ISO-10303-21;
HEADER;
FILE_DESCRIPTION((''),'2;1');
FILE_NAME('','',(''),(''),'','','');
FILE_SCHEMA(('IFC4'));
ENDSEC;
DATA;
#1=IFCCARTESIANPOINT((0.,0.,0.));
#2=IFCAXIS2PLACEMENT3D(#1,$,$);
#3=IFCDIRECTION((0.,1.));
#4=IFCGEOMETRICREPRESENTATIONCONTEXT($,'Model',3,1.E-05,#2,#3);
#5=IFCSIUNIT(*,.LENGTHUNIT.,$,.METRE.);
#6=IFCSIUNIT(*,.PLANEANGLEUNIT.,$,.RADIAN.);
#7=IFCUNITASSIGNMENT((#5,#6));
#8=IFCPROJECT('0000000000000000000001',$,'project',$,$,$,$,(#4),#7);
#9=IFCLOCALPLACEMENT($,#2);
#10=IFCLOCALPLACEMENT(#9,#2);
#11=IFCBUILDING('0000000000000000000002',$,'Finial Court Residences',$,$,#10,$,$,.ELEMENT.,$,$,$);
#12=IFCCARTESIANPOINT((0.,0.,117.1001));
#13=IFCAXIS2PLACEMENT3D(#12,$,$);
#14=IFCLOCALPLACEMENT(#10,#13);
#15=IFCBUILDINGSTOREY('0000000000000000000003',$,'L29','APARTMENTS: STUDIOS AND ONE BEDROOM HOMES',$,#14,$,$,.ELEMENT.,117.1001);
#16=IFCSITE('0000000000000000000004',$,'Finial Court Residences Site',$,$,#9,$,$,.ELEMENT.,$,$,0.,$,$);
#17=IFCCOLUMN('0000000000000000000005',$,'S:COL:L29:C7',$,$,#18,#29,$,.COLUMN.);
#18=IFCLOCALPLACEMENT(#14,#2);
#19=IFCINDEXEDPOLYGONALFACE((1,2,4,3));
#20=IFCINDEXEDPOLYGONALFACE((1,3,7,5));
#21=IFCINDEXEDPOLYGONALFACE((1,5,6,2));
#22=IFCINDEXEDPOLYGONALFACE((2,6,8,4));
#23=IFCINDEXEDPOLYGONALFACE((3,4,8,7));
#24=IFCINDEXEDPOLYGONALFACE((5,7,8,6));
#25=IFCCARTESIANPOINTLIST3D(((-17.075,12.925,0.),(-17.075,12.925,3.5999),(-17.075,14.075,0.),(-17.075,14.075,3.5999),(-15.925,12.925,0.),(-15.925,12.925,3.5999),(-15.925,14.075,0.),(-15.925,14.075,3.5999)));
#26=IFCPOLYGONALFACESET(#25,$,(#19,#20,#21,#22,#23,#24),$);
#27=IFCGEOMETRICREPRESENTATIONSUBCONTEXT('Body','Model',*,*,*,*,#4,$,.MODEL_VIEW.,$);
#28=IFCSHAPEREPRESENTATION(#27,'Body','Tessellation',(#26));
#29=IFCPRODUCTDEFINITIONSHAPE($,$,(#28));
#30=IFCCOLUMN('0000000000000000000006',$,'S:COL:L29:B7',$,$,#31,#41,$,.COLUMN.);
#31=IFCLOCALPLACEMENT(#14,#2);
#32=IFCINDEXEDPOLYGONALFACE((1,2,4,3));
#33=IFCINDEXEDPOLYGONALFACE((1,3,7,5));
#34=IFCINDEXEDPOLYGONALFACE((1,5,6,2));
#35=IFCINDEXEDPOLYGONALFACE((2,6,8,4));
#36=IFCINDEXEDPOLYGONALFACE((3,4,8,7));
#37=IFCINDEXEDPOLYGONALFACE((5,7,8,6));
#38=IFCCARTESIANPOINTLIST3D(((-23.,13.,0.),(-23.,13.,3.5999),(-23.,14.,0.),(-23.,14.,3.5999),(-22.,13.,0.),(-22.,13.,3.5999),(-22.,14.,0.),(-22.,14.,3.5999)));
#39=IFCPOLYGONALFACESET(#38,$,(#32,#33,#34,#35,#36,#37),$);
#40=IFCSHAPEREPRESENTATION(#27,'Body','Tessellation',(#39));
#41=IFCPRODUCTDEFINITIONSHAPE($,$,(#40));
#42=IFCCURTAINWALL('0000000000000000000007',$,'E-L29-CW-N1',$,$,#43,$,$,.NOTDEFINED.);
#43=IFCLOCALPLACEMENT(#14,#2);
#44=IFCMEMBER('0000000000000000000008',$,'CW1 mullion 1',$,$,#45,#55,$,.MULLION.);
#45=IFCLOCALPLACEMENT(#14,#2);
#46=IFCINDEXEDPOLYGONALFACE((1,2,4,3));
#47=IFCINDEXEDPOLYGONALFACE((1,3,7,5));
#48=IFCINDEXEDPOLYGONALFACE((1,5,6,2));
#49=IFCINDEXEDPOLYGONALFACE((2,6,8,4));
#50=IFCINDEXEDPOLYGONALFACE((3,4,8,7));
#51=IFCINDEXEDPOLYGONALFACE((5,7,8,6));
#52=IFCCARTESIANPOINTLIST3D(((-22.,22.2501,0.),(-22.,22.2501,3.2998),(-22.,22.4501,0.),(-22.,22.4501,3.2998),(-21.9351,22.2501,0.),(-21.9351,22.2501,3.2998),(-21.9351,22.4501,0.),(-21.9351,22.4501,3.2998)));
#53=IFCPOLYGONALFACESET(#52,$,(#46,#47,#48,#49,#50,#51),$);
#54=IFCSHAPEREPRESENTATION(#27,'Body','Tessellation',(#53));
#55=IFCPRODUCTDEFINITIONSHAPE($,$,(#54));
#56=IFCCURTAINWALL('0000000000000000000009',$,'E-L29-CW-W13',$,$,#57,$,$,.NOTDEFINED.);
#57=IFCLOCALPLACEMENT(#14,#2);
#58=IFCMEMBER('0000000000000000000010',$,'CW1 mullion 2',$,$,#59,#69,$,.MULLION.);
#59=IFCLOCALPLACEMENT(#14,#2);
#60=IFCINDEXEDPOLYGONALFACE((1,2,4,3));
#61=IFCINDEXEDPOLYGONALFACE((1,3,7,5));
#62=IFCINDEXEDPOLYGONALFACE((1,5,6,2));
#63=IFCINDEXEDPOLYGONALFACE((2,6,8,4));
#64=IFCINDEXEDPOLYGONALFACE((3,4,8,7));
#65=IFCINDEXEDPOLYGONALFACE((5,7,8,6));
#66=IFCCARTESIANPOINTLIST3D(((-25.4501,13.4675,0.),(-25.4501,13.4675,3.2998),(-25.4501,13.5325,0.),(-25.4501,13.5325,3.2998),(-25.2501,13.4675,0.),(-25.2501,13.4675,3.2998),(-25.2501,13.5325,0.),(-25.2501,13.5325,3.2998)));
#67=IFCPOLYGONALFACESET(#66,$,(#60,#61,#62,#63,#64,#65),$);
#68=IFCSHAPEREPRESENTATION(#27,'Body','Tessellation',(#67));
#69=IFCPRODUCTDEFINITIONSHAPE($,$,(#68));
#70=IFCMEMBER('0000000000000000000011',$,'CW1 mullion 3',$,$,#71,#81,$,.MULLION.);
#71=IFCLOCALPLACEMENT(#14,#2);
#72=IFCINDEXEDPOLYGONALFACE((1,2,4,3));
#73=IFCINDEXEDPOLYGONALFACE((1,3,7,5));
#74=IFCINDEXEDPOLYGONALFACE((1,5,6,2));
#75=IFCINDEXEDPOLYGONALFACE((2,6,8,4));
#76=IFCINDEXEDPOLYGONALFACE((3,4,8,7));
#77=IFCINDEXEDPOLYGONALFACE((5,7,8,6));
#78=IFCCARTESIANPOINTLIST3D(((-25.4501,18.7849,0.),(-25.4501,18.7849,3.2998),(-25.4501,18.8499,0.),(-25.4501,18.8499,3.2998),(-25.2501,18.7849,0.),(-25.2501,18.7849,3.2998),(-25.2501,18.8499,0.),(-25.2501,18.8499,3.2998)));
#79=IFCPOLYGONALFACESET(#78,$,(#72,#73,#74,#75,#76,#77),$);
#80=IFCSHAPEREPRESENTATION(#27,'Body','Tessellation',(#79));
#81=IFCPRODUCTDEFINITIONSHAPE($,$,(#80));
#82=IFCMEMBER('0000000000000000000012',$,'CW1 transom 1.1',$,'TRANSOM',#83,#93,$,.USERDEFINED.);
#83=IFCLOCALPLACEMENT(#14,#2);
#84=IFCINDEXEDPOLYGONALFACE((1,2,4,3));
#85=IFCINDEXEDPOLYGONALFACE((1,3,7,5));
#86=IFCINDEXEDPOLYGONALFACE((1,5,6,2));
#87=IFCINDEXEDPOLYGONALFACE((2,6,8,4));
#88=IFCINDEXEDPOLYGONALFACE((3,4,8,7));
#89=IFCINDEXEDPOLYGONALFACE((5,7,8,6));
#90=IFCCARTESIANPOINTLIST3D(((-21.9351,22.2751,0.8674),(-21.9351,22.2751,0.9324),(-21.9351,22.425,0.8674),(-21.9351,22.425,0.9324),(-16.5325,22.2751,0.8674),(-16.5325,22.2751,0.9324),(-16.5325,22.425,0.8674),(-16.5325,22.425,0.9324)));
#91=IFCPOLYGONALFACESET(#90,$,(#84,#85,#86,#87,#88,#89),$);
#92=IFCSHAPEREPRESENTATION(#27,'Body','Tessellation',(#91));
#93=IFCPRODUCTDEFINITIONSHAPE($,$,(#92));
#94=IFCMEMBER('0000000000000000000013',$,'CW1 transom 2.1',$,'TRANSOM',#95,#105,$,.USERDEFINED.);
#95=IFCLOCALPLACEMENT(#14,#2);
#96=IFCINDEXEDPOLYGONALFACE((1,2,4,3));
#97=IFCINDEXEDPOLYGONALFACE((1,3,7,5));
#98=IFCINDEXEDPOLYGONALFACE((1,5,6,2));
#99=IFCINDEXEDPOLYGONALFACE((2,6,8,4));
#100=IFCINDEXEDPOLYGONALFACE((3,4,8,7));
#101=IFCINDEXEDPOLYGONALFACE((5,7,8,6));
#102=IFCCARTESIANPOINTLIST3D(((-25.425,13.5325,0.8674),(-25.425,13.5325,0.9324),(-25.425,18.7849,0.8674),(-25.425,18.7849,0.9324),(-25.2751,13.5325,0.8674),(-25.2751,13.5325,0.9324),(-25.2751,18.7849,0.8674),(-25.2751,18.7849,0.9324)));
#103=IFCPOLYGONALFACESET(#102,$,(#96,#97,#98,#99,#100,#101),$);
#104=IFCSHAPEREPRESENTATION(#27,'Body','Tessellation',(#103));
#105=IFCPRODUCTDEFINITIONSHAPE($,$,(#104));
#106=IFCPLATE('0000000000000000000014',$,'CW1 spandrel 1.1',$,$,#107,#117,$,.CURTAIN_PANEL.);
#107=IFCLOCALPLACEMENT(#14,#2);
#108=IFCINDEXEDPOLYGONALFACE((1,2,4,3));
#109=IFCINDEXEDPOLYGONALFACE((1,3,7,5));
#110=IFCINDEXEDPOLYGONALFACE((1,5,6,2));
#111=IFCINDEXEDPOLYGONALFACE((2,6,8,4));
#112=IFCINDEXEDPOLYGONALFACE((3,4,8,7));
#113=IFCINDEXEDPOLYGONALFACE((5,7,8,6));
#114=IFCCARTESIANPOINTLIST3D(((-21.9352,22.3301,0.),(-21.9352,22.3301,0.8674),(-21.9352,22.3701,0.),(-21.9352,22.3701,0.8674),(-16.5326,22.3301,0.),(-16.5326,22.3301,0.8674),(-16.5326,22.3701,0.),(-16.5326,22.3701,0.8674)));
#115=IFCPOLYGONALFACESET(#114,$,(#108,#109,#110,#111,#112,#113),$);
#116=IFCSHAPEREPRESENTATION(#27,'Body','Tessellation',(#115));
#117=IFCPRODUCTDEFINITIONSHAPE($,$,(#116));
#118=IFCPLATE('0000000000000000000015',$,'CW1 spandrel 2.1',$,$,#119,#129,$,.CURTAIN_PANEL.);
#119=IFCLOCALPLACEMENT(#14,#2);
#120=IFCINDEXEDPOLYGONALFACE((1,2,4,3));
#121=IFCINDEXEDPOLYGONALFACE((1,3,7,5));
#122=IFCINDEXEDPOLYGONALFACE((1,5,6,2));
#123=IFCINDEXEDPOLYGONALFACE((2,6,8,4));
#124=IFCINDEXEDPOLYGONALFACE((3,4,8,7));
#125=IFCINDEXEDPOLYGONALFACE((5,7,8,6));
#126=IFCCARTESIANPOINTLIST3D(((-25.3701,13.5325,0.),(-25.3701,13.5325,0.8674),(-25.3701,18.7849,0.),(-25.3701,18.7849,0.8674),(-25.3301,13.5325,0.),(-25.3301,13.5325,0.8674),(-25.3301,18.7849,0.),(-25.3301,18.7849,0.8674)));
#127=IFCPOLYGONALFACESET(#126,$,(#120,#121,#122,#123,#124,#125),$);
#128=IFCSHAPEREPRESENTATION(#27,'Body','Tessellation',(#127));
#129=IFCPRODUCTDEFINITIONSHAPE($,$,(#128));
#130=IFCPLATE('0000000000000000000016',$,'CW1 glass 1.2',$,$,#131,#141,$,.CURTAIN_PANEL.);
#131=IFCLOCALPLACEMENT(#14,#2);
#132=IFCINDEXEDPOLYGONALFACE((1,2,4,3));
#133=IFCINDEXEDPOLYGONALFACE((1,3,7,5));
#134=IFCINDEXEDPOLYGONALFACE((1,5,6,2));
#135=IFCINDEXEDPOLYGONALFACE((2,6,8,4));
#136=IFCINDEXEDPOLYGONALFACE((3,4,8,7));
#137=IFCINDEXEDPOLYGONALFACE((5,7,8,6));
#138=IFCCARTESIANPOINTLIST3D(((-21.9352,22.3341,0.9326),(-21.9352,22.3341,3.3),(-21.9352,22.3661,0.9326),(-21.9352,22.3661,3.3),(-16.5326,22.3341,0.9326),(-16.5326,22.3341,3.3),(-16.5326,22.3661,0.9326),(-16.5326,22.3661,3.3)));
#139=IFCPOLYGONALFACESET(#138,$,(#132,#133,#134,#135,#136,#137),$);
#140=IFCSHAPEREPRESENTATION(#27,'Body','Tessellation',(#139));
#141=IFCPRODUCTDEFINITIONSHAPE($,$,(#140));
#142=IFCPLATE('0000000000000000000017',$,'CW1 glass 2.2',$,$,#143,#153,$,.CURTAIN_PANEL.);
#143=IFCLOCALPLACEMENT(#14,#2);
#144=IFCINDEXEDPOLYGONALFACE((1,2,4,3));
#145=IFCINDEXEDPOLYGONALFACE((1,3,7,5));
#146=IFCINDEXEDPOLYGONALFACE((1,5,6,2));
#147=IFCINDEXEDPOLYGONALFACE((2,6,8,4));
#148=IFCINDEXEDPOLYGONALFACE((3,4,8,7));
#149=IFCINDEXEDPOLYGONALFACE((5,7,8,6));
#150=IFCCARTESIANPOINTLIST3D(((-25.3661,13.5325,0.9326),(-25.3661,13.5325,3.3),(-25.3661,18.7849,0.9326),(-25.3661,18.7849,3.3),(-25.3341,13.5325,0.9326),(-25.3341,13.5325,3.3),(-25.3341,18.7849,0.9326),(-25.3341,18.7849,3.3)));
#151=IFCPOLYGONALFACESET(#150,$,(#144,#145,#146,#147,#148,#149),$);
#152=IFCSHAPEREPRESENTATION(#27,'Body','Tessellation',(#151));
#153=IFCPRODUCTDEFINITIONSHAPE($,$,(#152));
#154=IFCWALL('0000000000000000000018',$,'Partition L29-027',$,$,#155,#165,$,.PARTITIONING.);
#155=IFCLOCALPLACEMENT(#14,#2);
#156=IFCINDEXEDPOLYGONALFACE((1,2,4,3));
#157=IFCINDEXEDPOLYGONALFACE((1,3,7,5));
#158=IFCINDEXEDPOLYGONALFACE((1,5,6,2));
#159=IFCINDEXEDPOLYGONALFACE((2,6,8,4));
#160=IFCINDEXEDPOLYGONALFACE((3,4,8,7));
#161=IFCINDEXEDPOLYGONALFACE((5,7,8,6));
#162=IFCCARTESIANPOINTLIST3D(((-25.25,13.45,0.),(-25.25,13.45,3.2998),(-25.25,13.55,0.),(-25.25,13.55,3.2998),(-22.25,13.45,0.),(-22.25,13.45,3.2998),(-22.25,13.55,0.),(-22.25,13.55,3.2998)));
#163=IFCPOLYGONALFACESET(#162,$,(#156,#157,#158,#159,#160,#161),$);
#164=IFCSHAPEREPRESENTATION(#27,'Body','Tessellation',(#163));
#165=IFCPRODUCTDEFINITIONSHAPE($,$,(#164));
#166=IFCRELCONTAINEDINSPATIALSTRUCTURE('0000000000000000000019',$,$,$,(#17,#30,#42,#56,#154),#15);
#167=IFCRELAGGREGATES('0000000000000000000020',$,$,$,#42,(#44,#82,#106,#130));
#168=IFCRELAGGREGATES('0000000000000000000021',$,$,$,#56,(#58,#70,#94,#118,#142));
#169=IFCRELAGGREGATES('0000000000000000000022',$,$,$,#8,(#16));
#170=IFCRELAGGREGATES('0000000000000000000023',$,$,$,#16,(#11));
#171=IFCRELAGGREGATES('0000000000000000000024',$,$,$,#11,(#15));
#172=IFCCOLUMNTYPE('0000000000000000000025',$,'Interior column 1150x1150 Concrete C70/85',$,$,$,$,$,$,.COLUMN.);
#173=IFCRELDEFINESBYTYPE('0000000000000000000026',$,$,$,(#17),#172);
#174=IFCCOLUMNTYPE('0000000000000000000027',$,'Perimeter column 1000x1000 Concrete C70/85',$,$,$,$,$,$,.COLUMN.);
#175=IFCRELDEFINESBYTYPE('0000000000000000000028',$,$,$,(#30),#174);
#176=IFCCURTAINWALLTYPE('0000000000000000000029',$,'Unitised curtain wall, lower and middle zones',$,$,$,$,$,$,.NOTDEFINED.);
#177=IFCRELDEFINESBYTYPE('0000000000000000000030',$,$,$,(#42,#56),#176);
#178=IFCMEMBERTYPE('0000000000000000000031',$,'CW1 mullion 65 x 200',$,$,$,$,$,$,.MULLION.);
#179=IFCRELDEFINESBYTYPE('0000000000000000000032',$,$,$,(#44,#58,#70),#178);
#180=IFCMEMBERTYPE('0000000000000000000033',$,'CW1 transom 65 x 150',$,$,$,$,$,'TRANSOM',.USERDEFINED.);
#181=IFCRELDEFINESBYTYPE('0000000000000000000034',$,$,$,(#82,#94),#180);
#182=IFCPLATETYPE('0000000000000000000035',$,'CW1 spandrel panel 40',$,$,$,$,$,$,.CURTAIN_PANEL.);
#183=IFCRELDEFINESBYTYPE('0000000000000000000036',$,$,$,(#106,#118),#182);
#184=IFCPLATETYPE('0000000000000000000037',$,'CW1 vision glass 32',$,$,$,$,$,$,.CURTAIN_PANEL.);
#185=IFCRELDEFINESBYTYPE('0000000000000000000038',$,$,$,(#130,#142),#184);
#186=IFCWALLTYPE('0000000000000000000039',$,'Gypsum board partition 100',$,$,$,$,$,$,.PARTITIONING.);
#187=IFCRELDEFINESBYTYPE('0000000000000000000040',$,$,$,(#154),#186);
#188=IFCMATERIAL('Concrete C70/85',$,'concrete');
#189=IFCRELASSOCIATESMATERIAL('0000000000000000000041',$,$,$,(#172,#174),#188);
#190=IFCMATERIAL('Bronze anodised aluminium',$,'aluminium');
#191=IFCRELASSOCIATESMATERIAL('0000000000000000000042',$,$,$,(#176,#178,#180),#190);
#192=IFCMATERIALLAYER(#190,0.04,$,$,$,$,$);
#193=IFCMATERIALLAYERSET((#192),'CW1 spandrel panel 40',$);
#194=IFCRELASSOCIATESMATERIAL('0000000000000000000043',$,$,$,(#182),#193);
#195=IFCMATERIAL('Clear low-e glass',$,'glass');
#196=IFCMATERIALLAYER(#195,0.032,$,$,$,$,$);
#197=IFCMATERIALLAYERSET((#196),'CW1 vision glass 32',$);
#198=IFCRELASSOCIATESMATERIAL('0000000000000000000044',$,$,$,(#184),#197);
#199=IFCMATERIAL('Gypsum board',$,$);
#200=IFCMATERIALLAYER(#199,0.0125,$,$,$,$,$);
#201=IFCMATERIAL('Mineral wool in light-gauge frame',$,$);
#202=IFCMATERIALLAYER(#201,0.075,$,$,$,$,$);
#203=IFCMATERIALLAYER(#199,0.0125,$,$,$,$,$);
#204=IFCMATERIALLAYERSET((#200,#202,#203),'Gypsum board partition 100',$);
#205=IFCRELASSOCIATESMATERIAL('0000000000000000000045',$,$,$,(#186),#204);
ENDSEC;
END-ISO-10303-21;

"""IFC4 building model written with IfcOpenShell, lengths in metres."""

from ifc_helpers import new_model, si_unit, direction, frame, frame_2d, origin, origin_2d, place, context, subcontext, project, spatial, rectangle, extrude, material, layer, layer_set, material_profile, profile_set, type_object, element, aggregate, save


model = new_model("IFC4")

# Units and contexts
model_context = context("Model", 3, precision=1e-05, world=origin(), true_north=direction((0.0, 1.0)))
body_context = subcontext(model_context, "Body", "Model", "MODEL_VIEW")
ifc_project = project(units=[si_unit("LENGTHUNIT", "METRE"), si_unit("PLANEANGLEUNIT", "RADIAN")], contexts=[model_context])

# Site, building, storey
site_placement = place(None, origin())
site = spatial("IfcSite", under=ifc_project, at=site_placement, Name="Finial Court Residences Site", CompositionType="ELEMENT", RefElevation=0.0)
building_placement = place(site_placement, origin())
building = spatial("IfcBuilding", under=site, at=building_placement, Name="Finial Court Residences", CompositionType="ELEMENT")
storey_placement = place(building_placement, frame((0.0, 0.0, 117.1001)))
storey = spatial("IfcBuildingStorey", under=building, at=storey_placement, Name="L29", Description="APARTMENTS: STUDIOS AND ONE BEDROOM HOMES", CompositionType="ELEMENT", Elevation=117.1001)

# Columns
ifc_material_1 = material(Name="Concrete C70/85", Category="concrete")
ifc_material_profile_1 = material_profile(ifc_material_1, rectangle(XDim=1.1499, YDim=1.1499, at=origin_2d()), Name="1150x1150")
ifc_profile_set_1 = profile_set([ifc_material_profile_1], Name="Concrete C70/85")
column_type_1 = type_object("IfcColumnType", Name="Interior column 1150x1150 Concrete C70/85", PredefinedType="COLUMN", material=ifc_profile_set_1)
column_1_placement = place(storey_placement, frame((-16.5, 13.5, 0.0), z_axis=(0.0, 0.0, 1.0), x_axis=(1.0, 0.0, 0.0)))
element("IfcColumn", 1, at=column_1_placement, inside=storey, type_object=column_type_1, Name="S:COL:L29:C7", PredefinedType="COLUMN", context=body_context, shape_type="SweptSolid", body=[
    extrude(rectangle(XDim=1.1499, YDim=1.1499, at=origin_2d()), origin(), (0.0, 0.0, 1.0), 3.5999),
])
ifc_material_profile_2 = material_profile(ifc_material_1, rectangle(XDim=1.0, YDim=1.0, at=origin_2d()), Name="1000x1000")
ifc_profile_set_2 = profile_set([ifc_material_profile_2], Name="Concrete C70/85")
column_type_2 = type_object("IfcColumnType", Name="Perimeter column 1000x1000 Concrete C70/85", PredefinedType="COLUMN", material=ifc_profile_set_2)
column_2_placement = place(storey_placement, frame((-22.5, 13.5, 0.0), z_axis=(0.0, 0.0, 1.0), x_axis=(1.0, 0.0, 0.0)))
element("IfcColumn", 2, at=column_2_placement, inside=storey, type_object=column_type_2, Name="S:COL:L29:B7", PredefinedType="COLUMN", context=body_context, shape_type="SweptSolid", body=[
    extrude(rectangle(XDim=1.0, YDim=1.0, at=origin_2d()), origin(), (0.0, 0.0, 1.0), 3.5999),
])

# Curtain wall, member
ifc_material_2 = material(Name="Bronze anodised aluminium", Category="aluminium")
curtain_wall_type = type_object("IfcCurtainWallType", Name="Unitised curtain wall, lower and middle zones", PredefinedType="NOTDEFINED", material=ifc_material_2)
curtain_wall_1_placement = place(storey_placement, origin())
curtain_wall_1 = element("IfcCurtainWall", 3, at=curtain_wall_1_placement, inside=storey, type_object=curtain_wall_type, Name="E-L29-CW-N1", PredefinedType="NOTDEFINED")
ifc_material_profile_3 = material_profile(ifc_material_2, rectangle(XDim=0.2, YDim=0.0649, at=origin_2d()), Name="CW1 mullion 65 x 200")
ifc_profile_set_3 = profile_set([ifc_material_profile_3], Name="Bronze anodised aluminium")
member_type_1 = type_object("IfcMemberType", Name="CW1 mullion 65 x 200", PredefinedType="MULLION", material=ifc_profile_set_3)
member_1_placement = place(storey_placement, frame((-21.9675, 22.3501, 0.0), z_axis=(0.0, 0.0, 1.0), x_axis=(0.0, 1.0, 0.0)))
member_1 = element("IfcMember", 4, at=member_1_placement, type_object=member_type_1, Name="CW1 mullion 1", PredefinedType="MULLION", context=body_context, shape_type="SweptSolid", body=[
    extrude(rectangle(XDim=0.2, YDim=0.0649, at=origin_2d()), origin(), (0.0, 0.0, 1.0), 3.2998),
])

# Curtain wall, members
curtain_wall_2_placement = place(storey_placement, origin())
curtain_wall_2 = element("IfcCurtainWall", 5, at=curtain_wall_2_placement, inside=storey, type_object=curtain_wall_type, Name="E-L29-CW-W13", PredefinedType="NOTDEFINED")
member_2_placement = place(storey_placement, frame((-25.3501, 13.5, 0.0), z_axis=(0.0, 0.0, 1.0), x_axis=(-1.0, 0.0, 0.0)))
member_2 = element("IfcMember", 6, at=member_2_placement, type_object=member_type_1, Name="CW1 mullion 2", PredefinedType="MULLION", context=body_context, shape_type="SweptSolid", body=[
    extrude(rectangle(XDim=0.2, YDim=0.0649, at=origin_2d()), origin(), (0.0, 0.0, 1.0), 3.2998),
])
member_3_placement = place(storey_placement, frame((-25.3501, 18.8174, 0.0), z_axis=(0.0, 0.0, 1.0), x_axis=(-1.0, 0.0, 0.0)))
member_3 = element("IfcMember", 7, at=member_3_placement, type_object=member_type_1, Name="CW1 mullion 3", PredefinedType="MULLION", context=body_context, shape_type="SweptSolid", body=[
    extrude(rectangle(XDim=0.2, YDim=0.0649, at=origin_2d()), origin(), (0.0, 0.0, 1.0), 3.2998),
])

# Members
ifc_material_profile_4 = material_profile(ifc_material_2, rectangle(XDim=0.1499, YDim=0.0649, at=origin_2d()), Name="CW1 transom 65 x 150")
ifc_profile_set_4 = profile_set([ifc_material_profile_4], Name="Bronze anodised aluminium")
member_type_2 = type_object("IfcMemberType", Name="CW1 transom 65 x 150", ElementType="TRANSOM", PredefinedType="USERDEFINED", material=ifc_profile_set_4)
member_4_placement = place(storey_placement, frame((-21.9351, 22.3501, 0.8999), z_axis=(1.0, 0.0, 0.0), x_axis=(0.0, 1.0, 0.0)))
member_4 = element("IfcMember", 8, at=member_4_placement, type_object=member_type_2, Name="CW1 transom 1.1", ObjectType="TRANSOM", PredefinedType="USERDEFINED", context=body_context, shape_type="SweptSolid", body=[
    extrude(rectangle(XDim=0.1499, YDim=0.0649, at=origin_2d()), origin(), (0.0, 0.0, 1.0), 5.4026),
])
member_5_placement = place(storey_placement, frame((-25.3501, 13.5325, 0.8999), z_axis=(0.0, 1.0, 0.0), x_axis=(-1.0, 0.0, 0.0)))
member_5 = element("IfcMember", 9, at=member_5_placement, type_object=member_type_2, Name="CW1 transom 2.1", ObjectType="TRANSOM", PredefinedType="USERDEFINED", context=body_context, shape_type="SweptSolid", body=[
    extrude(rectangle(XDim=0.1499, YDim=0.0649, at=origin_2d()), origin(), (0.0, 0.0, 1.0), 5.2524),
])

# Plates
ifc_layer_1 = layer(ifc_material_2, 0.04)
ifc_layer_set_1 = layer_set([ifc_layer_1], Name="CW1 spandrel panel 40")
plate_type_1 = type_object("IfcPlateType", Name="CW1 spandrel panel 40", PredefinedType="CURTAIN_PANEL", material=ifc_layer_set_1)
plate_1_placement = place(storey_placement, frame((-19.2339, 22.3501, 0.0), z_axis=(0.0, 0.0, 1.0), x_axis=(1.0, 0.0, 0.0)))
plate_1 = element("IfcPlate", 10, at=plate_1_placement, type_object=plate_type_1, Name="CW1 spandrel 1.1", PredefinedType="CURTAIN_PANEL", context=body_context, shape_type="SweptSolid", body=[
    extrude(rectangle(XDim=5.4026, YDim=0.04, at=origin_2d()), origin(), (0.0, 0.0, 1.0), 0.8674),
])
plate_2_placement = place(storey_placement, frame((-25.3501, 16.1587, 0.0), z_axis=(0.0, 0.0, 1.0), x_axis=(0.0, 1.0, 0.0)))
plate_2 = element("IfcPlate", 11, at=plate_2_placement, type_object=plate_type_1, Name="CW1 spandrel 2.1", PredefinedType="CURTAIN_PANEL", context=body_context, shape_type="SweptSolid", body=[
    extrude(rectangle(XDim=5.2524, YDim=0.04, at=origin_2d()), origin(), (0.0, 0.0, 1.0), 0.8674),
])
ifc_material_3 = material(Name="Clear low-e glass", Category="glass")
ifc_layer_2 = layer(ifc_material_3, 0.032)
ifc_layer_set_2 = layer_set([ifc_layer_2], Name="CW1 vision glass 32")
plate_type_2 = type_object("IfcPlateType", Name="CW1 vision glass 32", PredefinedType="CURTAIN_PANEL", material=ifc_layer_set_2)
plate_3_placement = place(storey_placement, frame((-19.2339, 22.3501, 0.9326), z_axis=(0.0, 0.0, 1.0), x_axis=(1.0, 0.0, 0.0)))
plate_3 = element("IfcPlate", 12, at=plate_3_placement, type_object=plate_type_2, Name="CW1 glass 1.2", PredefinedType="CURTAIN_PANEL", context=body_context, shape_type="SweptSolid", body=[
    extrude(rectangle(XDim=5.4026, YDim=0.032, at=origin_2d()), origin(), (0.0, 0.0, 1.0), 2.3674),
])
aggregate(curtain_wall_1, [member_1, member_4, plate_1, plate_3])
plate_4_placement = place(storey_placement, frame((-25.3501, 16.1587, 0.9326), z_axis=(0.0, 0.0, 1.0), x_axis=(0.0, 1.0, 0.0)))
plate_4 = element("IfcPlate", 13, at=plate_4_placement, type_object=plate_type_2, Name="CW1 glass 2.2", PredefinedType="CURTAIN_PANEL", context=body_context, shape_type="SweptSolid", body=[
    extrude(rectangle(XDim=5.2524, YDim=0.032, at=origin_2d()), origin(), (0.0, 0.0, 1.0), 2.3674),
])
aggregate(curtain_wall_2, [member_2, member_3, member_5, plate_2, plate_4])

# Wall
ifc_material_4 = material(Name="Gypsum board")
ifc_layer_3 = layer(ifc_material_4, 0.0125)
ifc_material_5 = material(Name="Mineral wool in light-gauge frame")
ifc_layer_4 = layer(ifc_material_5, 0.075)
ifc_layer_5 = layer(ifc_material_4, 0.0125)
ifc_layer_set_3 = layer_set([ifc_layer_3, ifc_layer_4, ifc_layer_5], Name="Gypsum board partition 100")
wall_type_1 = type_object("IfcWallType", Name="Gypsum board partition 100", PredefinedType="PARTITIONING", material=ifc_layer_set_3)
wall_1_placement = place(storey_placement, frame((-25.25, 13.5, 0.0), z_axis=(0.0, 0.0, 1.0), x_axis=(1.0, 0.0, 0.0)))
element("IfcWall", 14, at=wall_1_placement, inside=storey, type_object=wall_type_1, Name="Partition L29-027", PredefinedType="PARTITIONING", context=body_context, shape_type="SweptSolid", body=[
    extrude(rectangle(XDim=3.0, YDim=0.1001, at=frame_2d((1.5, 0.0))), origin(), (0.0, 0.0, 1.0), 3.2998),
])

save(model, "model.ifc")
